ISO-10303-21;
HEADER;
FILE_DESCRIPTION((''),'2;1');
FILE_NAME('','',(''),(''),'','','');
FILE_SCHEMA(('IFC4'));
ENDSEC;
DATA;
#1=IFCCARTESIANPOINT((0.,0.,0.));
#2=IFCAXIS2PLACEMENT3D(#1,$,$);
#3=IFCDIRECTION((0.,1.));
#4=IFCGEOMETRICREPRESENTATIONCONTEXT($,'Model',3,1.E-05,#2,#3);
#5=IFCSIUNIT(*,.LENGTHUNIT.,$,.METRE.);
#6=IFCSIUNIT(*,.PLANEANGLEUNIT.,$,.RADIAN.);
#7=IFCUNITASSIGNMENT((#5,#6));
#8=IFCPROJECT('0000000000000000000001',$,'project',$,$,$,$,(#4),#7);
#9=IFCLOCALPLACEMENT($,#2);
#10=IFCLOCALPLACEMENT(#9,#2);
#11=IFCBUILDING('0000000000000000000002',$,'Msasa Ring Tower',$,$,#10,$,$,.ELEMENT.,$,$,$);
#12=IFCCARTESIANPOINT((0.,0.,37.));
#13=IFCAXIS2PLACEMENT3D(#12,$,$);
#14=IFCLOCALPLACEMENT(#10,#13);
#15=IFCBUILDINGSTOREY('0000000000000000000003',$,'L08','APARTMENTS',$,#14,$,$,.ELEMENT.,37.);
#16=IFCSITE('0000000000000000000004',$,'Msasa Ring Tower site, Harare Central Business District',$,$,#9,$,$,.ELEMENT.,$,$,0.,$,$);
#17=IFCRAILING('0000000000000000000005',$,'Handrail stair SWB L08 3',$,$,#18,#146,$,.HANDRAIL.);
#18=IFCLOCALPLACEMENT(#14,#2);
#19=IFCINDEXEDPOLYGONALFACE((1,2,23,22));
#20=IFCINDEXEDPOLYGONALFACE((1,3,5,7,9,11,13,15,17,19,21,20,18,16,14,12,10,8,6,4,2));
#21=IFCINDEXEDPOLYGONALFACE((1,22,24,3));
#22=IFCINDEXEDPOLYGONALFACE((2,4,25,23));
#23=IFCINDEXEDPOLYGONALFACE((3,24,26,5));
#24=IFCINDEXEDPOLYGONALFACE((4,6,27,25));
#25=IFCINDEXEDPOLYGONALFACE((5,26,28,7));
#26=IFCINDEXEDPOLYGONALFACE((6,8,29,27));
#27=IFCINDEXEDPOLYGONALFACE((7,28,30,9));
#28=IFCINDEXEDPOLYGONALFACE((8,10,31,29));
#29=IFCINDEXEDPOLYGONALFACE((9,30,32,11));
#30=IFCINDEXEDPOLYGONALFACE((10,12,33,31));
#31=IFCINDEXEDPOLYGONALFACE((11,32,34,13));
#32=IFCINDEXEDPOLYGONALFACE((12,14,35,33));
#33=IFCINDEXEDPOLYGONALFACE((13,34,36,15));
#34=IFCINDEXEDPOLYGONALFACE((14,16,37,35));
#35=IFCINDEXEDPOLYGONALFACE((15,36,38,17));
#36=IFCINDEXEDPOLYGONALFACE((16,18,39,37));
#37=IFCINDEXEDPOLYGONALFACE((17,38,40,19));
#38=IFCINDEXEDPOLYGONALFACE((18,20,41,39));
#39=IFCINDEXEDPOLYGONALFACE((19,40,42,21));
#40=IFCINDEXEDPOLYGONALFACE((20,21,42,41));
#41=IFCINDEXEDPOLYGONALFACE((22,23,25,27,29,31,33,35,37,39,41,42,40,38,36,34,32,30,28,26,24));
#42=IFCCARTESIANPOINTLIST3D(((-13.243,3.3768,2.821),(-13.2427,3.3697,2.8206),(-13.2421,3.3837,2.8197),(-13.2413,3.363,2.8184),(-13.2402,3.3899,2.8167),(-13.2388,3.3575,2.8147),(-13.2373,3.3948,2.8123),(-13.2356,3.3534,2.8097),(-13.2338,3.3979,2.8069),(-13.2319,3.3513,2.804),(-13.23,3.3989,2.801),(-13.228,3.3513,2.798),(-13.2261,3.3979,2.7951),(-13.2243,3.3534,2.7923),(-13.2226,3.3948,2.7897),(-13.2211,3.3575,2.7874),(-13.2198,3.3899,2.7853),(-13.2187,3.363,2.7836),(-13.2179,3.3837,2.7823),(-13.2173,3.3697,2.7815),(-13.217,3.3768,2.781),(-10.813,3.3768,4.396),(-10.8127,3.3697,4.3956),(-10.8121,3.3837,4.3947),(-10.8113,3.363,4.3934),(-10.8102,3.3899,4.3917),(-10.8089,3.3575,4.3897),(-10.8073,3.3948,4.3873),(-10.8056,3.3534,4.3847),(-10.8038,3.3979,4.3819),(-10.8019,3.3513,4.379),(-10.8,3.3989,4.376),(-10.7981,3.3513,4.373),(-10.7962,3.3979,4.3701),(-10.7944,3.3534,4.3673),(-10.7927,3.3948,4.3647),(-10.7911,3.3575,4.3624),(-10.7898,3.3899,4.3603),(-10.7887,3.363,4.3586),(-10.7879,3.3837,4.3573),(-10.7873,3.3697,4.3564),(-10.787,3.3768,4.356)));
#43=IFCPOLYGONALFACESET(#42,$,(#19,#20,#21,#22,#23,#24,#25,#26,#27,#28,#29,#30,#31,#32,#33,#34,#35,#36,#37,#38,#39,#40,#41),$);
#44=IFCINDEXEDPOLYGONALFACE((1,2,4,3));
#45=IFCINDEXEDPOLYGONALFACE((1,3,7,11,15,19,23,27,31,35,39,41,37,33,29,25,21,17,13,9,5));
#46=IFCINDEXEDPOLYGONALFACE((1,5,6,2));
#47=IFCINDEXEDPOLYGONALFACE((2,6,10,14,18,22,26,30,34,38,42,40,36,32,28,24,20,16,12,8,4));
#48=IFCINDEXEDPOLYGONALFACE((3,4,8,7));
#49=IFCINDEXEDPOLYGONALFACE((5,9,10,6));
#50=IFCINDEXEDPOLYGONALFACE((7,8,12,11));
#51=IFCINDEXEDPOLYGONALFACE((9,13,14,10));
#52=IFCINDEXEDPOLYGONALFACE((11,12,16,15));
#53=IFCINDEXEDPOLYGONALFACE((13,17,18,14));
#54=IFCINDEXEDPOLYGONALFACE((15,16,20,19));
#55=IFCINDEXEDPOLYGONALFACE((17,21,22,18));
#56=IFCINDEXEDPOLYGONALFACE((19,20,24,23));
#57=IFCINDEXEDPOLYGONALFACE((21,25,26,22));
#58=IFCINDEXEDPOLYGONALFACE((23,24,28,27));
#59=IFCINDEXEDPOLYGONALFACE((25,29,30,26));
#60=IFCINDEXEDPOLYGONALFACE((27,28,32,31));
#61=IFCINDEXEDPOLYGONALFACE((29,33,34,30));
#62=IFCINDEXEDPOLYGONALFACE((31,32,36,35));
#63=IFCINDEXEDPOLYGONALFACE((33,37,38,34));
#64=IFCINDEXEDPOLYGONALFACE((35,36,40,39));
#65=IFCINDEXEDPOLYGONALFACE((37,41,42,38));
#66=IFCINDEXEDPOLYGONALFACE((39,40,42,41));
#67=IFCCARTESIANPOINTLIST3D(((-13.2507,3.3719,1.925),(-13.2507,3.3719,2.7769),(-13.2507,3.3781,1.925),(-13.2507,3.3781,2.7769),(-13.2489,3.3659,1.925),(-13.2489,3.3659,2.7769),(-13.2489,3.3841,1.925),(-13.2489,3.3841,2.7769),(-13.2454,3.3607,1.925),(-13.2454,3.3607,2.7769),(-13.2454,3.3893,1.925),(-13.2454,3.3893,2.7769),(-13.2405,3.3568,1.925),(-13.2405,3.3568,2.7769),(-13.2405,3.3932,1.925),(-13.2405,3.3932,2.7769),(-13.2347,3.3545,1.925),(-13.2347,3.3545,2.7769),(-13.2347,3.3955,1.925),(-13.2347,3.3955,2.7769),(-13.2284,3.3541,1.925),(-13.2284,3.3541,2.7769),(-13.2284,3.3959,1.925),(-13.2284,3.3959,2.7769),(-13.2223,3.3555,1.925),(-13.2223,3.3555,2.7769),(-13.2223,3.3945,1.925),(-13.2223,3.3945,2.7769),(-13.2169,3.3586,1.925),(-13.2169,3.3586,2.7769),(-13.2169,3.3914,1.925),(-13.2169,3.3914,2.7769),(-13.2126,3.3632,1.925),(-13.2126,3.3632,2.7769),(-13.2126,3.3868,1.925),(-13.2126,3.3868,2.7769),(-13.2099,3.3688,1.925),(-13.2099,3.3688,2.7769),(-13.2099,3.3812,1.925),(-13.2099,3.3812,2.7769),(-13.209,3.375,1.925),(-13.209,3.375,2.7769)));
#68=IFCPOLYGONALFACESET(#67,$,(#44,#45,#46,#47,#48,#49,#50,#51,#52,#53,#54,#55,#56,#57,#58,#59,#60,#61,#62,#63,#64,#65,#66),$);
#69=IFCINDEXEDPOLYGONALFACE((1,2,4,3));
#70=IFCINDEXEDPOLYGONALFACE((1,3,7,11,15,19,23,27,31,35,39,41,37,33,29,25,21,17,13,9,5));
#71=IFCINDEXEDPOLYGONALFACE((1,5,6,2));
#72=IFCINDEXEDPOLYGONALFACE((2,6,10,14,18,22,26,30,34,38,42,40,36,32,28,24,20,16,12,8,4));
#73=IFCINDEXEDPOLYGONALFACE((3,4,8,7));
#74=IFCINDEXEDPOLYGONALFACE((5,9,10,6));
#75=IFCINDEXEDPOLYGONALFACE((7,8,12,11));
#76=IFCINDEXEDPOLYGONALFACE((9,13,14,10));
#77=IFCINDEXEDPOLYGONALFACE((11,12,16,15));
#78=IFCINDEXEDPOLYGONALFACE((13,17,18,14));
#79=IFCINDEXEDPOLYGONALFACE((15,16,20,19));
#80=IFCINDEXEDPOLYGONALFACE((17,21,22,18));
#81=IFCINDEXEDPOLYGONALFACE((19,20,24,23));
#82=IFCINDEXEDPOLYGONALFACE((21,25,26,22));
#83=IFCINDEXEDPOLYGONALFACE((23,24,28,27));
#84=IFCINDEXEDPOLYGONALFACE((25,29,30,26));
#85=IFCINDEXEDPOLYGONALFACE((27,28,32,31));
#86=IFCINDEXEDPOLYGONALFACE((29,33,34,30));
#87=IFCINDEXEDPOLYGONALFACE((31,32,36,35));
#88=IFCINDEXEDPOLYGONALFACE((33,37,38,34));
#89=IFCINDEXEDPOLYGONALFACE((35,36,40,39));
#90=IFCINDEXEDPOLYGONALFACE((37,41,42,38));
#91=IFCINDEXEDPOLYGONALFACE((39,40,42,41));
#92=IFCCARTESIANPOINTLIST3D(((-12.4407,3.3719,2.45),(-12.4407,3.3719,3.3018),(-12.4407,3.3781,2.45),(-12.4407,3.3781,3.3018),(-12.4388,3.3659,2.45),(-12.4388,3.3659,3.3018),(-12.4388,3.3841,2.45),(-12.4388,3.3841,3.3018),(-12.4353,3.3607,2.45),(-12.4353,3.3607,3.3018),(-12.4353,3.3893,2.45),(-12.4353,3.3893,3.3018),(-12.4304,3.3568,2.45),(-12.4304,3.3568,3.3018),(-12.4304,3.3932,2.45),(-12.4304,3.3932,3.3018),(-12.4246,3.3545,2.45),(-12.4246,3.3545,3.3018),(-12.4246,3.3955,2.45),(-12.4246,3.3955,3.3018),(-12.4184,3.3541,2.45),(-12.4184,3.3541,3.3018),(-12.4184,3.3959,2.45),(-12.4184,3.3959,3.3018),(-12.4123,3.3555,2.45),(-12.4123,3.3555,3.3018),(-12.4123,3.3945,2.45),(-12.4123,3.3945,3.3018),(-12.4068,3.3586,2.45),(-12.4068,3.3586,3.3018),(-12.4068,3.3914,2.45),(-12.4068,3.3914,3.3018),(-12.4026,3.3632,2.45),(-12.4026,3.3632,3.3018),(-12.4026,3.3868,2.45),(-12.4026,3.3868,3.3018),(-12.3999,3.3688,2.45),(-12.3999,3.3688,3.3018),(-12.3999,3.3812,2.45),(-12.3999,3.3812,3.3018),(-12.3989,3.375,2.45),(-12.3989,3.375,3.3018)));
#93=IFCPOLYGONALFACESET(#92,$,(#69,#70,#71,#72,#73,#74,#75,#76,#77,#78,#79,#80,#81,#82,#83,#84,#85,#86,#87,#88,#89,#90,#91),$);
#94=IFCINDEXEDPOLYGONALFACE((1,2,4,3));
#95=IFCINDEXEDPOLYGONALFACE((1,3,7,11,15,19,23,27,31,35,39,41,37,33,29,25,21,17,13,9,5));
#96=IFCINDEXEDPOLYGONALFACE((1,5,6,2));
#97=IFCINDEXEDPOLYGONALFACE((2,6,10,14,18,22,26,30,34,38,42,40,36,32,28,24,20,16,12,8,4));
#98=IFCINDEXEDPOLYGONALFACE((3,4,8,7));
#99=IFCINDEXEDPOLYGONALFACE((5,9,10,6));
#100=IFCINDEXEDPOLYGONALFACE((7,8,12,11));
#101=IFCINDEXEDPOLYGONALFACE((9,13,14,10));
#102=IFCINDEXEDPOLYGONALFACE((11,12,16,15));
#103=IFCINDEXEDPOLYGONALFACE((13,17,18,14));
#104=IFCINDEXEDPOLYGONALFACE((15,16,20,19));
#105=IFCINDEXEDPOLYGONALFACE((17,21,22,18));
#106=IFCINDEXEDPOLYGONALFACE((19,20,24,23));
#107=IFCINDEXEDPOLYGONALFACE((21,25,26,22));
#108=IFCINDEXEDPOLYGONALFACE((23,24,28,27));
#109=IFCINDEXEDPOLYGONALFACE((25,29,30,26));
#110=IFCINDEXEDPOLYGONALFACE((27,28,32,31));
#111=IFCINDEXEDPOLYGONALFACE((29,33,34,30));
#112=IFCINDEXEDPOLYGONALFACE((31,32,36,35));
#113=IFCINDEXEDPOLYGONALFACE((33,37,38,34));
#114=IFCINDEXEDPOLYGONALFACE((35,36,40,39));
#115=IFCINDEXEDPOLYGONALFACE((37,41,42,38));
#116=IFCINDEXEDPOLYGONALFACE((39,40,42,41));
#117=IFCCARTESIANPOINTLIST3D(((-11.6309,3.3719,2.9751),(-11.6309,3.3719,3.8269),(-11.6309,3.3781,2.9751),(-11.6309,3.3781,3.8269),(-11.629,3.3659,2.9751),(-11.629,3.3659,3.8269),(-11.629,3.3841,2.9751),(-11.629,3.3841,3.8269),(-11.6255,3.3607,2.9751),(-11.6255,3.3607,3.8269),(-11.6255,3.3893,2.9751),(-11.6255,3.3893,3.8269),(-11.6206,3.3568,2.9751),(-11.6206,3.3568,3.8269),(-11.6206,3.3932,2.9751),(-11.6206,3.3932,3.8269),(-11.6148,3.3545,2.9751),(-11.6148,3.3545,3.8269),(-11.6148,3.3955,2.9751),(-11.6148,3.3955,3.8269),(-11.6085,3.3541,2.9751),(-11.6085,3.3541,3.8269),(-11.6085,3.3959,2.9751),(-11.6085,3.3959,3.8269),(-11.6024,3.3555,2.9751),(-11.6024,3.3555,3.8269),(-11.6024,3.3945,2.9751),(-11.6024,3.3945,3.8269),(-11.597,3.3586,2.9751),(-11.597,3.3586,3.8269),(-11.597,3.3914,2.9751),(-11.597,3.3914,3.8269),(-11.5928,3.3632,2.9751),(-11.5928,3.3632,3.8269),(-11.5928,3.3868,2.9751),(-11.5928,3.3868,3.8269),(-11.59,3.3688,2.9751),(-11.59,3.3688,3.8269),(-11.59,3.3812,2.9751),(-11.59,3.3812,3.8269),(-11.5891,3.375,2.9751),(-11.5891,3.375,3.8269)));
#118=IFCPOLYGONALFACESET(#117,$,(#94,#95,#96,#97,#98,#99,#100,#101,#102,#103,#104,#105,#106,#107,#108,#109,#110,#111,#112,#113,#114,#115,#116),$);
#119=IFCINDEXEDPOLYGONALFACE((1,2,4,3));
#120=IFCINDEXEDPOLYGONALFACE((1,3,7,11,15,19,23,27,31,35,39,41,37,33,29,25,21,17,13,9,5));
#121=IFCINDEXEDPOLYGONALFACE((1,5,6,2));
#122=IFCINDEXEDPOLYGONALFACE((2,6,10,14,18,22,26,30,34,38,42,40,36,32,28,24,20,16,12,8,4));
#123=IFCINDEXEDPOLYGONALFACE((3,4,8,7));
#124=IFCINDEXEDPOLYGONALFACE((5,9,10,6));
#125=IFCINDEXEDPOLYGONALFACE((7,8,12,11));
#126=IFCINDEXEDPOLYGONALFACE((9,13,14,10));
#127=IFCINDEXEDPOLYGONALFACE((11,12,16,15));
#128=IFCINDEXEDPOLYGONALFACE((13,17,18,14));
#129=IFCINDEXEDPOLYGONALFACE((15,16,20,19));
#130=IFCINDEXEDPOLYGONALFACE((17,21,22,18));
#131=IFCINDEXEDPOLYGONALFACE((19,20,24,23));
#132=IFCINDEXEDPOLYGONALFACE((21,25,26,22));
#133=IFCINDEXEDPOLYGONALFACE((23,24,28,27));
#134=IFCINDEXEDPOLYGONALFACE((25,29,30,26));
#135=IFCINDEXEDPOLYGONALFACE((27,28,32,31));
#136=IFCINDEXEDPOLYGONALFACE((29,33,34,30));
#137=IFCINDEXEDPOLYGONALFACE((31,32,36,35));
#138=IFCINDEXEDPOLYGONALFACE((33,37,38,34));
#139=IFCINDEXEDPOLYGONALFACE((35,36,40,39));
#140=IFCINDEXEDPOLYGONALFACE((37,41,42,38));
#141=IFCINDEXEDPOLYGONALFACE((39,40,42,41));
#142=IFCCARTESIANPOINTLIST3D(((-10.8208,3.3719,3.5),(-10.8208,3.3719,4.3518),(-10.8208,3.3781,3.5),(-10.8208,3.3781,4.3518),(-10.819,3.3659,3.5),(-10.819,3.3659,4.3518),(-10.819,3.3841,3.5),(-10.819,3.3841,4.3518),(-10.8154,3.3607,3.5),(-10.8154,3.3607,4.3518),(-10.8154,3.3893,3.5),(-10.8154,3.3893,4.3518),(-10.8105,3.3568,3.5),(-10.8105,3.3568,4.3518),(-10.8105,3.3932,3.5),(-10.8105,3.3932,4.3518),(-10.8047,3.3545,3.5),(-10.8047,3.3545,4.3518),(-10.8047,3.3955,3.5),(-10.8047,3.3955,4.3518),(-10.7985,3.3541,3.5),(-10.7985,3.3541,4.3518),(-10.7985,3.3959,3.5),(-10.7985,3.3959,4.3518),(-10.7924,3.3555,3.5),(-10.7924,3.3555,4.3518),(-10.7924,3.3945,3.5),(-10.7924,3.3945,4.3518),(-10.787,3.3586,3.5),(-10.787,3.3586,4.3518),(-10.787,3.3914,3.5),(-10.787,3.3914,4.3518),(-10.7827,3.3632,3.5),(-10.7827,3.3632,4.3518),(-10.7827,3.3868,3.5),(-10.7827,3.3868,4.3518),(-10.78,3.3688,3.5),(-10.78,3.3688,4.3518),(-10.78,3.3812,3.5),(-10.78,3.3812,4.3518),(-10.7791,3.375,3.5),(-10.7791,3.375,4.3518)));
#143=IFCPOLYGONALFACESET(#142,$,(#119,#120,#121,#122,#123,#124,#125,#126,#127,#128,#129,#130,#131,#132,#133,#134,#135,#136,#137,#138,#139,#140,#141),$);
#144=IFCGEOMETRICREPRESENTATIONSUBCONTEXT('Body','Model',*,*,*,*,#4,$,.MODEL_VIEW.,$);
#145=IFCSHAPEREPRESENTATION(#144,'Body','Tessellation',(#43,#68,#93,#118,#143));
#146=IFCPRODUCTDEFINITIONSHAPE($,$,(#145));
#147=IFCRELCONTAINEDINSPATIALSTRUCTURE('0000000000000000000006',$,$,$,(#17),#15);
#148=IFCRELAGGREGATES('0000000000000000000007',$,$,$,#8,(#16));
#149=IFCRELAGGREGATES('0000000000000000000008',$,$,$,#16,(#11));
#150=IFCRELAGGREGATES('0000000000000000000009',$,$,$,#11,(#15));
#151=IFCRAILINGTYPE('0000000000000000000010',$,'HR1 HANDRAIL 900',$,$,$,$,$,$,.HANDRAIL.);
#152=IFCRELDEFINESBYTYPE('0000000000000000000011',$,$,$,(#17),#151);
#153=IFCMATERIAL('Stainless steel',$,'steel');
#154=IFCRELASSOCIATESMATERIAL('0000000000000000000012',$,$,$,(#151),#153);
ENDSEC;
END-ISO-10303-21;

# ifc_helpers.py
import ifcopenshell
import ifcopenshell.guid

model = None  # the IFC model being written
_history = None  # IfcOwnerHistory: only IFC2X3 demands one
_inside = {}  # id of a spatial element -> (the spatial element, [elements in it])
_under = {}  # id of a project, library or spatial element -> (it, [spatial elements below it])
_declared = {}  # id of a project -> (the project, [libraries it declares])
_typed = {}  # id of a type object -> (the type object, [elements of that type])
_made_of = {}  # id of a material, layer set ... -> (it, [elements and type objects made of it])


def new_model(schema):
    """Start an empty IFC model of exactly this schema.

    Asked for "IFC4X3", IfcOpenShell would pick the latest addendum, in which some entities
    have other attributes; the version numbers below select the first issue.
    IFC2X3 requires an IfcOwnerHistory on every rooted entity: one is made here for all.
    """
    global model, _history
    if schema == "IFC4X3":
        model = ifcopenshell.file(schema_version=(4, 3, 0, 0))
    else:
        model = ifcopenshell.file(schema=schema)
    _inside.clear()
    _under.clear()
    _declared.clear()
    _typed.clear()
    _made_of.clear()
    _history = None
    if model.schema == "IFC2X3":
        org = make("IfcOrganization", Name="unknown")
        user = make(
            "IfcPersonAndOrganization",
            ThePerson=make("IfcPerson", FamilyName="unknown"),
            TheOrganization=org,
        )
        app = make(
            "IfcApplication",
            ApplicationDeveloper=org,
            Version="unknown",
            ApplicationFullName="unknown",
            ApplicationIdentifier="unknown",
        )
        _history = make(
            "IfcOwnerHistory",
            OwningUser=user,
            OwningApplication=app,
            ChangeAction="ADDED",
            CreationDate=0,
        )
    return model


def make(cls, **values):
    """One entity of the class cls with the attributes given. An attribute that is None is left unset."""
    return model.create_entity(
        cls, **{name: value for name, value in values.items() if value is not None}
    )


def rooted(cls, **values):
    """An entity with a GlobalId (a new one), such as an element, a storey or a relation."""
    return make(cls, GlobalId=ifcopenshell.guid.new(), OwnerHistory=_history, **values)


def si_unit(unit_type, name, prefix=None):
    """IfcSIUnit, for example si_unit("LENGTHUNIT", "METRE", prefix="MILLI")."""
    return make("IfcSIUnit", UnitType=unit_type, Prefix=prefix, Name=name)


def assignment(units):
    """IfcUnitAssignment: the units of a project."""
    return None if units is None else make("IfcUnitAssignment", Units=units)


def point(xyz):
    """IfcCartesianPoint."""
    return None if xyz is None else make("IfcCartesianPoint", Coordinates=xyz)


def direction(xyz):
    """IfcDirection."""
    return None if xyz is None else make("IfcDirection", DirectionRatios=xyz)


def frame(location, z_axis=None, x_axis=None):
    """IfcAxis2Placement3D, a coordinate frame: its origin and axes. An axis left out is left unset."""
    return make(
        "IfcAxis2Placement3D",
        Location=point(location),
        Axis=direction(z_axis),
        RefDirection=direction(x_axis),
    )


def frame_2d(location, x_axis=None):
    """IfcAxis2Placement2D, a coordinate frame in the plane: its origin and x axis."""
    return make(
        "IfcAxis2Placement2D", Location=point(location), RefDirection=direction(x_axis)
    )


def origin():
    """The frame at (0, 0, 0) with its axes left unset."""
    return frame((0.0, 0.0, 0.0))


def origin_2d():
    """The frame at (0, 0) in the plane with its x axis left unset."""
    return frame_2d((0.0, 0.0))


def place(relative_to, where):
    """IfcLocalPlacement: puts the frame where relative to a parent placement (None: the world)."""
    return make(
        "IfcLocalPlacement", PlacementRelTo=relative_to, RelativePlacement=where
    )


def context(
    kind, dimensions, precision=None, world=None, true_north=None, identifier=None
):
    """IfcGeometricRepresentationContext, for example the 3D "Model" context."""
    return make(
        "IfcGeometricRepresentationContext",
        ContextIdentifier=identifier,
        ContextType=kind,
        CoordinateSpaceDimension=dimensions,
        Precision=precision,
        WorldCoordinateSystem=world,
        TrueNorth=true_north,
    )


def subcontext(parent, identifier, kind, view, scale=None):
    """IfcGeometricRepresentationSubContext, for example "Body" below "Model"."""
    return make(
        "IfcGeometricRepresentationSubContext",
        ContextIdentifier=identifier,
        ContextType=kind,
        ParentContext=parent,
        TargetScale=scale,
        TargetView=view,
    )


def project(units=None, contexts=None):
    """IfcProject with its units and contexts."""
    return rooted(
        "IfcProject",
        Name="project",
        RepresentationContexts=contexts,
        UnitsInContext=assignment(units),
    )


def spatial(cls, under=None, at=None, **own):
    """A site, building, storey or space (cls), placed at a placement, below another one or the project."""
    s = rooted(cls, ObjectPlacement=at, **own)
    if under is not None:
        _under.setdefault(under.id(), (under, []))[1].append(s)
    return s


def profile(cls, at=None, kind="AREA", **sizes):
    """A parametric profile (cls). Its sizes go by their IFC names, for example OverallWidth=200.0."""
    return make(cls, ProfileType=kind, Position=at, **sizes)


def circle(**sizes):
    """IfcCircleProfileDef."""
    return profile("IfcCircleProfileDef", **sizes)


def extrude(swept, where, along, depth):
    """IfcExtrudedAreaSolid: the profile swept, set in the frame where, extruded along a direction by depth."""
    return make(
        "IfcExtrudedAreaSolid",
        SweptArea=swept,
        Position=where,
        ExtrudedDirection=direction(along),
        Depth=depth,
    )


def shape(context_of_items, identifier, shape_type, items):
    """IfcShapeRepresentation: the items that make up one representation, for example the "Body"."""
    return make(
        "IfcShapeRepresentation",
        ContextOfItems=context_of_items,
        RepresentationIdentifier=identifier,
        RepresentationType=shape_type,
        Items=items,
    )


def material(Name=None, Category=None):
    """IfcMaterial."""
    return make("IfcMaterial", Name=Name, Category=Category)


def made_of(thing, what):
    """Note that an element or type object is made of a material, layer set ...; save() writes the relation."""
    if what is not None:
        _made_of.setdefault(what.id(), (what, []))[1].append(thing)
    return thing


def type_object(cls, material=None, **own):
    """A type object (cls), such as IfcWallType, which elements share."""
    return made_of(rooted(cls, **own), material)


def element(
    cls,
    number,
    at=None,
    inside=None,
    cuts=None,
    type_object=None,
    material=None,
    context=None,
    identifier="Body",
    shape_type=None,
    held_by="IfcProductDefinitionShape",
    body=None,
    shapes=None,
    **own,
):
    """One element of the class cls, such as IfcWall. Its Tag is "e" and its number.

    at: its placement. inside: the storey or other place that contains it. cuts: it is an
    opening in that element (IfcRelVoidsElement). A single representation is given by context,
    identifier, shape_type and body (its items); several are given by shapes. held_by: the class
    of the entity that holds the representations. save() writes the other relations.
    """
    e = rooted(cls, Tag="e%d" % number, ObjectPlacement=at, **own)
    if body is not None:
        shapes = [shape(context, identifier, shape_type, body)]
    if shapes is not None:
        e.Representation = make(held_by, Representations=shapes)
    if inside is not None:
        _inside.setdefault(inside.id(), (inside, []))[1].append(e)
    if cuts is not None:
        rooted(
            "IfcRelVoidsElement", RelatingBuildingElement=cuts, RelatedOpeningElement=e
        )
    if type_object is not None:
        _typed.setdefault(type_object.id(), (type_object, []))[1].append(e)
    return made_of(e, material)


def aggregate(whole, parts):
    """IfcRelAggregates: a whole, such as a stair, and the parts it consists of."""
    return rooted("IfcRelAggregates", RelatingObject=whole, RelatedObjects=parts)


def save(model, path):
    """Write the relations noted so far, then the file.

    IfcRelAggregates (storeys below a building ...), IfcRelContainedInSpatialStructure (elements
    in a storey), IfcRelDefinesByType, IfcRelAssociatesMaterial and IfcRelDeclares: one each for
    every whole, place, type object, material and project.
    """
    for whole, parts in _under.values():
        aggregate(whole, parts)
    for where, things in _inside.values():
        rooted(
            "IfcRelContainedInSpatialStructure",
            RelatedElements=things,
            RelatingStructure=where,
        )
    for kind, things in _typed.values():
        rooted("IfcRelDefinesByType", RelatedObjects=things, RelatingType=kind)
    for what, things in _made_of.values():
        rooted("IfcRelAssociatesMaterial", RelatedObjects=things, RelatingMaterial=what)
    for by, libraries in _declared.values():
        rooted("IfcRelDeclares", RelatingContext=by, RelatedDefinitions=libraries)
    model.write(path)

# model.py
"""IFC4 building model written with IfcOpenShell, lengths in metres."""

from ifc_helpers import new_model, si_unit, direction, frame, origin, origin_2d, place, context, subcontext, project, spatial, circle, extrude, material, type_object, element, save


model = new_model("IFC4")

# Units and contexts
model_context = context("Model", 3, precision=1e-05, world=origin(), true_north=direction((0.0, 1.0)))
body_context = subcontext(model_context, "Body", "Model", "MODEL_VIEW")
ifc_project = project(units=[si_unit("LENGTHUNIT", "METRE"), si_unit("PLANEANGLEUNIT", "RADIAN")], contexts=[model_context])

# Site, building, storey
site_placement = place(None, origin())
site = spatial("IfcSite", under=ifc_project, at=site_placement, Name="Msasa Ring Tower site, Harare Central Business District", CompositionType="ELEMENT", RefElevation=0.0)
building_placement = place(site_placement, origin())
building = spatial("IfcBuilding", under=site, at=building_placement, Name="Msasa Ring Tower", CompositionType="ELEMENT")
storey_placement = place(building_placement, frame((0.0, 0.0, 37.0)))
storey = spatial("IfcBuildingStorey", under=building, at=storey_placement, Name="L08", Description="APARTMENTS", CompositionType="ELEMENT", Elevation=37.0)

# Railing
ifc_material_1 = material(Name="Stainless steel", Category="steel")
railing_type = type_object("IfcRailingType", Name="HR1 HANDRAIL 900", PredefinedType="HANDRAIL", material=ifc_material_1)
for number, where, name in (
    (1, (-13.23, 3.375, 1.925), "Handrail stair SWB L08 3"),
):
    element("IfcRailing", number, at=place(storey_placement, frame(where)), inside=storey, type_object=railing_type, Name=name, PredefinedType="HANDRAIL", context=body_context, shape_type="SweptSolid", body=[
        extrude(circle(Radius=0.0239, at=origin_2d()), frame((0.0, 0.0, 0.876), z_axis=(0.839154, 0.0, 0.543894), x_axis=(0.0, 1.0, 0.0)), (0.0, 0.0, 1.0), 2.8958),
        extrude(circle(Radius=0.021, at=origin_2d()), origin(), (0.0, 0.0, 1.0), 0.8518),
        extrude(circle(Radius=0.021, at=origin_2d()), frame((0.8101, 0.0, 0.5249)), (0.0, 0.0, 1.0), 0.8518),
        extrude(circle(Radius=0.021, at=origin_2d()), frame((1.6199, 0.0, 1.05)), (0.0, 0.0, 1.0), 0.8518),
        extrude(circle(Radius=0.021, at=origin_2d()), frame((2.4299, 0.0, 1.575)), (0.0, 0.0, 1.0), 0.8518),
    ])

save(model, "model.ifc")
